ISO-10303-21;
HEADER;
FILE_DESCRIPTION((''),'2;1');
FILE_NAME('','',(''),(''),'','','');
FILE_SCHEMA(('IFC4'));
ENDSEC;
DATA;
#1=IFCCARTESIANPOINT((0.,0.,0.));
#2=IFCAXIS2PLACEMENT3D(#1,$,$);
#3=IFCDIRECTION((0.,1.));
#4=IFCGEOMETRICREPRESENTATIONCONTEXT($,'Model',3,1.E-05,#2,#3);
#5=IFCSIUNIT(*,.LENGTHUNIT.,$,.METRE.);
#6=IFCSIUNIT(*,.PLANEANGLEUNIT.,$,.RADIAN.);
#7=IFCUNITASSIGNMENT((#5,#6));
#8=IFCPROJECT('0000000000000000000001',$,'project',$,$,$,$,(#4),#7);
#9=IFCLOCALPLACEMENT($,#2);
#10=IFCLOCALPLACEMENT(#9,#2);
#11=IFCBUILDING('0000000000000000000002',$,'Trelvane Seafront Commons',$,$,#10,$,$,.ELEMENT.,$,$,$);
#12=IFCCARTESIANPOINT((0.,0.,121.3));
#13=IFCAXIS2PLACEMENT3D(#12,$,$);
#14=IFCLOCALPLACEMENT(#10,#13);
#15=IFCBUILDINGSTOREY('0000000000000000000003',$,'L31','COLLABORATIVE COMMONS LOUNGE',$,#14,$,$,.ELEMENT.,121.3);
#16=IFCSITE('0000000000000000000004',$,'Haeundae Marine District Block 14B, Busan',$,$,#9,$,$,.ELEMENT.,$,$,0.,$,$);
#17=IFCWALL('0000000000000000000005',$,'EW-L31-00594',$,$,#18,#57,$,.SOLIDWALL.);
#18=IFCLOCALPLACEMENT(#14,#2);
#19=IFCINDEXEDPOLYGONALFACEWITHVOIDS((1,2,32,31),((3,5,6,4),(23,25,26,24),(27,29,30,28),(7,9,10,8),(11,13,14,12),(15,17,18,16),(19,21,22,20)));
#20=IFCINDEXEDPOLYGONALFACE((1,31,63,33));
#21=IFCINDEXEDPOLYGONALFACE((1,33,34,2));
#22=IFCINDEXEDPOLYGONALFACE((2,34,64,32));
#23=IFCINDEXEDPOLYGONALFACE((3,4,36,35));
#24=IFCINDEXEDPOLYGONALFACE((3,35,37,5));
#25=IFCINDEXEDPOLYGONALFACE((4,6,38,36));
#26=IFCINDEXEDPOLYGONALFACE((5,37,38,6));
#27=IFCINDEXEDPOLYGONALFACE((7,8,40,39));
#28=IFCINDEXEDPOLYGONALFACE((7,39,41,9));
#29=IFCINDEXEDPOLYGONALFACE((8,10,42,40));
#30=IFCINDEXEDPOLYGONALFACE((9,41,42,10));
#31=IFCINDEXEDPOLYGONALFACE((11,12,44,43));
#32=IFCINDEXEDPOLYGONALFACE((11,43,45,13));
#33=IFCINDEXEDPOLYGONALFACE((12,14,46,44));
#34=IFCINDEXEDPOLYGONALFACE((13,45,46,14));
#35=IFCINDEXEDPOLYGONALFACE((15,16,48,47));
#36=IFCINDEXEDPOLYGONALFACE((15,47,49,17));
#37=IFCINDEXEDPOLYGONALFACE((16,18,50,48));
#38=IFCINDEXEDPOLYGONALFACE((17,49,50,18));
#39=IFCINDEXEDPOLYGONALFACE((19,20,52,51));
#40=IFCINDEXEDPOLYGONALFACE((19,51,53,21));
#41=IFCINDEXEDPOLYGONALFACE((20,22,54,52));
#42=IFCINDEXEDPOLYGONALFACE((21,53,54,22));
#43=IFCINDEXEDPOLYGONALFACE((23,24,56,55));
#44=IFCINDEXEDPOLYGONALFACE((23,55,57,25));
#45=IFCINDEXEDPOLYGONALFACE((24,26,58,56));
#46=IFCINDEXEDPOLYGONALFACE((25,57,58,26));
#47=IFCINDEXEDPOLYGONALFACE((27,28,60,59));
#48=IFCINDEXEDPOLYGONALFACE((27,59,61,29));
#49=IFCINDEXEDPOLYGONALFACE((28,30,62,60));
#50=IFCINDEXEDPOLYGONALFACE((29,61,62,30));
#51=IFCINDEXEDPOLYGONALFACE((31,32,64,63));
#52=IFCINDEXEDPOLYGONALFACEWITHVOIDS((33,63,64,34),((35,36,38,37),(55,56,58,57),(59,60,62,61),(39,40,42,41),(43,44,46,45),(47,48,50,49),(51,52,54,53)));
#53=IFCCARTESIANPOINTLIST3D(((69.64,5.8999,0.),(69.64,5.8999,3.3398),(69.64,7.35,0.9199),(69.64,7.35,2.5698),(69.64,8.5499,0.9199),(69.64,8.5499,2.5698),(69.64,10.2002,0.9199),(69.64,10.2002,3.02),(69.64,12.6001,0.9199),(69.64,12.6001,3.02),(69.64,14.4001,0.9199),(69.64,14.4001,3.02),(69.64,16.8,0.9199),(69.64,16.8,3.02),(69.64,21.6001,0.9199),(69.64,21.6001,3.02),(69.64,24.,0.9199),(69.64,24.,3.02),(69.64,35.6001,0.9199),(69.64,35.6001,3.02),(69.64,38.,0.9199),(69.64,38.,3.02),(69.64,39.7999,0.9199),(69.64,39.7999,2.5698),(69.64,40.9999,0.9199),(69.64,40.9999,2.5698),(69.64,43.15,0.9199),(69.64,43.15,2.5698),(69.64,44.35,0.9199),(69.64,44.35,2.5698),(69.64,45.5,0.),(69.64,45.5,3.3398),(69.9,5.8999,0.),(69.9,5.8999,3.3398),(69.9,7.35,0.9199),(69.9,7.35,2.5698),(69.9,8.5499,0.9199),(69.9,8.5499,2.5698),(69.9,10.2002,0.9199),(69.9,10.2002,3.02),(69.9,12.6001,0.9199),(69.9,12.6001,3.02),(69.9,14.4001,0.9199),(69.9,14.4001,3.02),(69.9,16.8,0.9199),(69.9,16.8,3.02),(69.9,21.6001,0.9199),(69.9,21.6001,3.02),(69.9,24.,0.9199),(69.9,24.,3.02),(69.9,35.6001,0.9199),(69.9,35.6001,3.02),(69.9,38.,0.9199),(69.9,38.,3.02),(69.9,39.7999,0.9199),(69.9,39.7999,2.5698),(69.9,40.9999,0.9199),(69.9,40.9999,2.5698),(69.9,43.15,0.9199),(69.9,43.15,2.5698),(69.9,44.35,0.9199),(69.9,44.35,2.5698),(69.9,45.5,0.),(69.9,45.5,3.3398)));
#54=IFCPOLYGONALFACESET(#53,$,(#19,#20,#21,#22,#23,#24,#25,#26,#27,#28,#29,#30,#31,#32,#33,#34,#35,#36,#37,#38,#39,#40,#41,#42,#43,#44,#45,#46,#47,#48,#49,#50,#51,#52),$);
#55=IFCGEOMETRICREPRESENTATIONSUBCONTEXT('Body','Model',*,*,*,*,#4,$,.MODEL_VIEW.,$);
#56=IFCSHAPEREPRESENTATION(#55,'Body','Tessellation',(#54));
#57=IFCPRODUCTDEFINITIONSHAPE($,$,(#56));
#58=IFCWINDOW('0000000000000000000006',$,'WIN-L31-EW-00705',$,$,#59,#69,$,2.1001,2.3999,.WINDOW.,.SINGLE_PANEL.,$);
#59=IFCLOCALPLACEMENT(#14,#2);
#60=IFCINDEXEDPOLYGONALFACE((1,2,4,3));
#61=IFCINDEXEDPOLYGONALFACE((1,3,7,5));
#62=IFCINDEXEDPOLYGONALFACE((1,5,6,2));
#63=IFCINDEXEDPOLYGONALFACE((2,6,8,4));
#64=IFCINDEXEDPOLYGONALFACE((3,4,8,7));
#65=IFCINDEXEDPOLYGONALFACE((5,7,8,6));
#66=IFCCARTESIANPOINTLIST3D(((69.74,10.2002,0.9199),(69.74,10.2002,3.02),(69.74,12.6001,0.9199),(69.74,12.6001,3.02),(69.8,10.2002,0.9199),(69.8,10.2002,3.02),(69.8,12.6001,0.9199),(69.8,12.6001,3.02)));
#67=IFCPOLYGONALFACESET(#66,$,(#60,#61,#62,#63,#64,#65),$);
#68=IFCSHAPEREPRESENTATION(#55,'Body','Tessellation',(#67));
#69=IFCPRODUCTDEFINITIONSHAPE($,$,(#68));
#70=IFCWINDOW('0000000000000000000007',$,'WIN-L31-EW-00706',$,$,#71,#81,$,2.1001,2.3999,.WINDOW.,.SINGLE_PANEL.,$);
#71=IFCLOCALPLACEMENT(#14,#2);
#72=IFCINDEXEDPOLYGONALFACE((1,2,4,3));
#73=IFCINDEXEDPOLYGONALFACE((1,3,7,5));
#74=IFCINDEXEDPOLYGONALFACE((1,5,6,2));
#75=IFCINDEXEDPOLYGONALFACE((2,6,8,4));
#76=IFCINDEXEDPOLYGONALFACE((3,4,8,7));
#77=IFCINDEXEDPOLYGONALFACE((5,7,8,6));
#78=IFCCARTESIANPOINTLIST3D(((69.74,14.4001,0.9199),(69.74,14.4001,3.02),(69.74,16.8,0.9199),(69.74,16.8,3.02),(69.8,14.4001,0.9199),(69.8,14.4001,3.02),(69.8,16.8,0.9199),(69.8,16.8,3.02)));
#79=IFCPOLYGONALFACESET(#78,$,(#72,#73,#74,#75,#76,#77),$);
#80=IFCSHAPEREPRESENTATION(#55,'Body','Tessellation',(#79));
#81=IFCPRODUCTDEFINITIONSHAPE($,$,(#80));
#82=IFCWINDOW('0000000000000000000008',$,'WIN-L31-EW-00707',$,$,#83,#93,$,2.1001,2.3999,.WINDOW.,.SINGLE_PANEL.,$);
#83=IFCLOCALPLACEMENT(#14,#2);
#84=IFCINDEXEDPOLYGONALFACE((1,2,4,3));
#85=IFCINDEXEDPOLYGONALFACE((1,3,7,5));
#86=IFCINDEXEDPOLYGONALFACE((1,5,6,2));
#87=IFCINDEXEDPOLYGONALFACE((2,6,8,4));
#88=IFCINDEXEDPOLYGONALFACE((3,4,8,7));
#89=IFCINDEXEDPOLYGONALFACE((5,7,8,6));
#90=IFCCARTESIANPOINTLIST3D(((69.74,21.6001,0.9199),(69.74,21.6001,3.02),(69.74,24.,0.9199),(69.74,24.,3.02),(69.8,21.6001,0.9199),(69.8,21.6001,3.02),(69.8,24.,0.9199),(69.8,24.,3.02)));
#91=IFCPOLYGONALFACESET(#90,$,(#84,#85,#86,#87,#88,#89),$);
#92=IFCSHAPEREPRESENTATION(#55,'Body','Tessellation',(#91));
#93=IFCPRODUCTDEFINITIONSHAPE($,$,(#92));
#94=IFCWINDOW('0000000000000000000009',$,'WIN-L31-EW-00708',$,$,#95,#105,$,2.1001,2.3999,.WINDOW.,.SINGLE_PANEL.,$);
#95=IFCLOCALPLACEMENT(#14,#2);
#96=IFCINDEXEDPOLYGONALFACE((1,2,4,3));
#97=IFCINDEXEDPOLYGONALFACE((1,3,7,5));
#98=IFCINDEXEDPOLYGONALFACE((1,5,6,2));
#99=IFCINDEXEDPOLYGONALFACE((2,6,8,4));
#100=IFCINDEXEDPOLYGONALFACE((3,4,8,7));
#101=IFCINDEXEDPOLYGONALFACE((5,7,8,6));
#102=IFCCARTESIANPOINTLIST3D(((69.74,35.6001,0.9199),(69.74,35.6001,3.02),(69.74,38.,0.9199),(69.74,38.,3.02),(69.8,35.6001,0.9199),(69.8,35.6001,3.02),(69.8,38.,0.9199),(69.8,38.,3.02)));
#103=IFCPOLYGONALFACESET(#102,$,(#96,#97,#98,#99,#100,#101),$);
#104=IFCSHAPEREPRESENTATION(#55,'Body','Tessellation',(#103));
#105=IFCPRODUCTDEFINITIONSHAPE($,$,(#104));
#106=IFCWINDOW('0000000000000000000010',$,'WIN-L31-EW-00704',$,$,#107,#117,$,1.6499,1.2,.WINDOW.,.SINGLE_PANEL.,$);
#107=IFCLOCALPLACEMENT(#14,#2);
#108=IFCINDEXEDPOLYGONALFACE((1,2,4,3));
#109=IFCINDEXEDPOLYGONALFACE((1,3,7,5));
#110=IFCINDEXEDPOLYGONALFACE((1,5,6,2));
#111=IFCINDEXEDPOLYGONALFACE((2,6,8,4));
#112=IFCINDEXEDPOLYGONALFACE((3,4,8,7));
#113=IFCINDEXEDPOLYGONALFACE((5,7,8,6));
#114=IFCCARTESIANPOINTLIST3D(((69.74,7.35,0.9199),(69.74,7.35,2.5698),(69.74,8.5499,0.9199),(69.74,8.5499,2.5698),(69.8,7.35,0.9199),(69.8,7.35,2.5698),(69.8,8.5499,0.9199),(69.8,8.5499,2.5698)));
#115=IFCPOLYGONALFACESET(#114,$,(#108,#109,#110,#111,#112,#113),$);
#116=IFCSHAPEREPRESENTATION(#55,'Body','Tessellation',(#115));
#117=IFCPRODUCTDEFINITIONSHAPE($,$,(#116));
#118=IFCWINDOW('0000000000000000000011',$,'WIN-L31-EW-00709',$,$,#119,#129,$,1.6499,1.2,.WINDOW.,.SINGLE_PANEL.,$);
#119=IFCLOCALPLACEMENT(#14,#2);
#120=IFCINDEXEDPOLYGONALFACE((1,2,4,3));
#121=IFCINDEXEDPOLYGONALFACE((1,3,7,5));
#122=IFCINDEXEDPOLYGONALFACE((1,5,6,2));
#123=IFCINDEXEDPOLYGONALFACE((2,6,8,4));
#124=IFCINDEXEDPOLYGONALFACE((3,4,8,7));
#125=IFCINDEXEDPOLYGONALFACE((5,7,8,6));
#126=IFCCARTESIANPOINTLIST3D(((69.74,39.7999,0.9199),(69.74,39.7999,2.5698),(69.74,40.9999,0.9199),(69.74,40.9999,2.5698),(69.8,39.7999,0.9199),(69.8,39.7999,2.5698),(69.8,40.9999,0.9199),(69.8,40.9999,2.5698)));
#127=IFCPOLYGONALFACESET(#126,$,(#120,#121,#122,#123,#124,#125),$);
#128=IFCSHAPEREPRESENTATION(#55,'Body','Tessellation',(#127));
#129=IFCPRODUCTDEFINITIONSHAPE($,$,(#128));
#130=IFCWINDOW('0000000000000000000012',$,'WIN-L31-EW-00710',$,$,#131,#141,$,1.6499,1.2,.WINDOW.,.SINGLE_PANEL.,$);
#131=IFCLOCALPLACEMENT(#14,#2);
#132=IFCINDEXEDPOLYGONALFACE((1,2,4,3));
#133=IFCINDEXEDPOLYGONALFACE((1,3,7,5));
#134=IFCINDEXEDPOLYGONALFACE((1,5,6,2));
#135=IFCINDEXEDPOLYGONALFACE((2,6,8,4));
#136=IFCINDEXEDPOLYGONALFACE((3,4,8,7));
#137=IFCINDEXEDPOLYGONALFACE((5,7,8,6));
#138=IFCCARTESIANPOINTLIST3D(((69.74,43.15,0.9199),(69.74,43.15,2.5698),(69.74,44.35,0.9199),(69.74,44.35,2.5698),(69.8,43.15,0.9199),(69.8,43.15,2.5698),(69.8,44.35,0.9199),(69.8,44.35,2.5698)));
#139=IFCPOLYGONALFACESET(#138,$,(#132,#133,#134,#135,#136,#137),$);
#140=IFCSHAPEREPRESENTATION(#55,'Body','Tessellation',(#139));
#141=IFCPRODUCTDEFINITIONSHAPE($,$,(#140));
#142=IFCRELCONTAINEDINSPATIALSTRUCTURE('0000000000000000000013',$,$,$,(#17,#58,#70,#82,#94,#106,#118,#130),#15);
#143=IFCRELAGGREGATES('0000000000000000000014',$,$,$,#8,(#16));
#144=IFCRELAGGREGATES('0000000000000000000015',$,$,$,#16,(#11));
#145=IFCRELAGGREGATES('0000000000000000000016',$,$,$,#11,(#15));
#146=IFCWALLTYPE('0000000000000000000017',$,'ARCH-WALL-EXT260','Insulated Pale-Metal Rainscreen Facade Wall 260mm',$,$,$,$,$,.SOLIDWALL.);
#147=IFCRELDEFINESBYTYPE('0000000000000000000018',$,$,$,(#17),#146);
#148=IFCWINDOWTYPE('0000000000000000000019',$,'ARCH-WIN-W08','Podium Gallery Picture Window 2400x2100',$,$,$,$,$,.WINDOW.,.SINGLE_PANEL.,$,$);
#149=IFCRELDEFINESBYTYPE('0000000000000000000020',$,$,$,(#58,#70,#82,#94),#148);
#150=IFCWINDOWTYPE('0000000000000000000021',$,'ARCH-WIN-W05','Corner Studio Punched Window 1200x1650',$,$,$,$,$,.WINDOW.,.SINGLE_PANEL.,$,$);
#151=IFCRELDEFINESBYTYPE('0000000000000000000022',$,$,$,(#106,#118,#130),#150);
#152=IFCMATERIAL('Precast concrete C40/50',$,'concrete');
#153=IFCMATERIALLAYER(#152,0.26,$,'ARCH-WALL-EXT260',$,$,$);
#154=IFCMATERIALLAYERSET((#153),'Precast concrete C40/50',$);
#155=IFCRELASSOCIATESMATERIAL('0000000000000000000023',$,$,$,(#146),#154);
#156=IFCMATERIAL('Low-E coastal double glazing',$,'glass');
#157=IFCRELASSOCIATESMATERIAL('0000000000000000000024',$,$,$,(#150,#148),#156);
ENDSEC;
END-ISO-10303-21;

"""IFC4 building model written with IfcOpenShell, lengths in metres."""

from ifc_helpers import new_model, si_unit, direction, frame, frame_2d, origin, place, context, subcontext, project, spatial, rectangle, extrude, source, transform, mapped, material, layer, layer_set, type_object, element, fill, save


model = new_model("IFC4")

# Units and contexts
model_context = context("Model", 3, precision=1e-05, world=origin(), true_north=direction((0.0, 1.0)))
body_context = subcontext(model_context, "Body", "Model", "MODEL_VIEW")
ifc_project = project(units=[si_unit("LENGTHUNIT", "METRE"), si_unit("PLANEANGLEUNIT", "RADIAN")], contexts=[model_context])

# Site, building, storey
site_placement = place(None, origin())
site = spatial("IfcSite", under=ifc_project, at=site_placement, Name="Haeundae Marine District Block 14B, Busan", CompositionType="ELEMENT", RefElevation=0.0)
building_placement = place(site_placement, origin())
building = spatial("IfcBuilding", under=site, at=building_placement, Name="Trelvane Seafront Commons", CompositionType="ELEMENT")
storey_placement = place(building_placement, frame((0.0, 0.0, 121.3)))
storey = spatial("IfcBuildingStorey", under=building, at=storey_placement, Name="L31", Description="COLLABORATIVE COMMONS LOUNGE", CompositionType="ELEMENT", Elevation=121.3)

# Shared definitions
ifc_material_1 = material(Name="Precast concrete C40/50", Category="concrete")
ifc_layer_1 = layer(ifc_material_1, 0.26, Name="ARCH-WALL-EXT260")
ifc_layer_set_1 = layer_set([ifc_layer_1], Name="Precast concrete C40/50")
wall_type_1 = type_object("IfcWallType", Name="ARCH-WALL-EXT260", Description="Insulated Pale-Metal Rainscreen Facade Wall 260mm", PredefinedType="SOLIDWALL", material=ifc_layer_set_1)
ifc_material_2 = material(Name="Low-E coastal double glazing", Category="glass")
window_type_1 = type_object("IfcWindowType", Name="ARCH-WIN-W05", Description="Corner Studio Punched Window 1200x1650", PartitioningType="SINGLE_PANEL", PredefinedType="WINDOW", material=ifc_material_2)
shared_shape_1 = source(origin(), body_context, "Body", "SweptSolid", [
    extrude(rectangle(XDim=1.2, YDim=1.6499, at=frame_2d((0.6001, 0.825))), frame((0.0, 0.03, 0.0), z_axis=(0.0, -1.0, 0.0), x_axis=(1.0, 0.0, 0.0)), (0.0, 0.0, 1.0), 0.0601),
])

# Wall, openings, windows
wall_1_placement = place(storey_placement, frame((69.77, 45.5, 0.0), z_axis=(0.0, 0.0, 1.0), x_axis=(0.0, -1.0, 0.0)))
wall_1 = element("IfcWall", 1, at=wall_1_placement, inside=storey, type_object=wall_type_1, Name="EW-L31-00594", PredefinedType="SOLIDWALL", context=body_context, shape_type="SweptSolid", body=[
    extrude(rectangle(XDim=39.6001, YDim=0.26, at=frame_2d((19.8, 0.0))), origin(), (0.0, 0.0, 1.0), 3.3398),
])
opening_1_placement = place(wall_1_placement, frame((36.95, 0.0, 0.9199)))
opening_1 = element("IfcOpeningElement", 2, at=opening_1_placement, cuts=wall_1, PredefinedType="OPENING", context=body_context, shape_type="SweptSolid", body=[
    extrude(rectangle(XDim=1.2, YDim=1.6499, at=frame_2d((0.6001, 0.825))), frame((0.0, 0.1399, 0.0), z_axis=(0.0, -1.0, 0.0), x_axis=(1.0, 0.0, 0.0)), (0.0, 0.0, 1.0), 0.28),
])
opening_2_placement = place(wall_1_placement, frame((32.8999, 0.0, 0.9199)))
opening_2 = element("IfcOpeningElement", 3, at=opening_2_placement, cuts=wall_1, PredefinedType="OPENING", context=body_context, shape_type="SweptSolid", body=[
    extrude(rectangle(XDim=2.3999, YDim=2.1001, at=frame_2d((1.2, 1.05))), frame((0.0, 0.1399, 0.0), z_axis=(0.0, -1.0, 0.0), x_axis=(1.0, 0.0, 0.0)), (0.0, 0.0, 1.0), 0.28),
])
opening_3_placement = place(wall_1_placement, frame((28.7, 0.0, 0.9199)))
opening_3 = element("IfcOpeningElement", 4, at=opening_3_placement, cuts=wall_1, PredefinedType="OPENING", context=body_context, shape_type="SweptSolid", body=[
    extrude(rectangle(XDim=2.3999, YDim=2.1001, at=frame_2d((1.2, 1.05))), frame((0.0, 0.1399, 0.0), z_axis=(0.0, -1.0, 0.0), x_axis=(1.0, 0.0, 0.0)), (0.0, 0.0, 1.0), 0.28),
])
opening_4_placement = place(wall_1_placement, frame((21.5, 0.0, 0.9199)))
opening_4 = element("IfcOpeningElement", 5, at=opening_4_placement, cuts=wall_1, PredefinedType="OPENING", context=body_context, shape_type="SweptSolid", body=[
    extrude(rectangle(XDim=2.3999, YDim=2.1001, at=frame_2d((1.2, 1.05))), frame((0.0, 0.1399, 0.0), z_axis=(0.0, -1.0, 0.0), x_axis=(1.0, 0.0, 0.0)), (0.0, 0.0, 1.0), 0.28),
])
opening_5_placement = place(wall_1_placement, frame((7.5, 0.0, 0.9199)))
opening_5 = element("IfcOpeningElement", 6, at=opening_5_placement, cuts=wall_1, PredefinedType="OPENING", context=body_context, shape_type="SweptSolid", body=[
    extrude(rectangle(XDim=2.3999, YDim=2.1001, at=frame_2d((1.2, 1.05))), frame((0.0, 0.1399, 0.0), z_axis=(0.0, -1.0, 0.0), x_axis=(1.0, 0.0, 0.0)), (0.0, 0.0, 1.0), 0.28),
])
opening_6_placement = place(wall_1_placement, frame((4.5, 0.0, 0.9199)))
opening_6 = element("IfcOpeningElement", 7, at=opening_6_placement, cuts=wall_1, PredefinedType="OPENING", context=body_context, shape_type="SweptSolid", body=[
    extrude(rectangle(XDim=1.2, YDim=1.6499, at=frame_2d((0.6001, 0.825))), frame((0.0, 0.1399, 0.0), z_axis=(0.0, -1.0, 0.0), x_axis=(1.0, 0.0, 0.0)), (0.0, 0.0, 1.0), 0.28),
])
opening_7_placement = place(wall_1_placement, frame((1.1499, 0.0, 0.9199)))
opening_7 = element("IfcOpeningElement", 8, at=opening_7_placement, cuts=wall_1, PredefinedType="OPENING", context=body_context, shape_type="SweptSolid", body=[
    extrude(rectangle(XDim=1.2, YDim=1.6499, at=frame_2d((0.6001, 0.825))), frame((0.0, 0.1399, 0.0), z_axis=(0.0, -1.0, 0.0), x_axis=(1.0, 0.0, 0.0)), (0.0, 0.0, 1.0), 0.28),
])
window_type_2 = type_object("IfcWindowType", Name="ARCH-WIN-W08", Description="Podium Gallery Picture Window 2400x2100", PartitioningType="SINGLE_PANEL", PredefinedType="WINDOW", material=ifc_material_2)
shared_shape_2 = source(origin(), body_context, "Body", "SweptSolid", [
    extrude(rectangle(XDim=2.3999, YDim=2.1001, at=frame_2d((1.2, 1.05))), frame((0.0, 0.03, 0.0), z_axis=(0.0, -1.0, 0.0), x_axis=(1.0, 0.0, 0.0)), (0.0, 0.0, 1.0), 0.0601),
])
window_1_placement = place(opening_2_placement, origin())
window_1 = element("IfcWindow", 9, at=window_1_placement, inside=storey, type_object=window_type_2, Name="WIN-L31-EW-00705", OverallHeight=2.1001, OverallWidth=2.3999, PartitioningType="SINGLE_PANEL", PredefinedType="WINDOW", context=body_context, shape_type="MappedRepresentation", body=[
    mapped(shared_shape_2, transform((0.0, 0.0, 0.0), x_axis=(1.0, 0.0, 0.0), y_axis=(0.0, 1.0, 0.0), z_axis=(0.0, 0.0, 1.0), scale=1.0)),
])
fill(opening_2, window_1)
window_2_placement = place(opening_3_placement, origin())
window_2 = element("IfcWindow", 10, at=window_2_placement, inside=storey, type_object=window_type_2, Name="WIN-L31-EW-00706", OverallHeight=2.1001, OverallWidth=2.3999, PartitioningType="SINGLE_PANEL", PredefinedType="WINDOW", context=body_context, shape_type="MappedRepresentation", body=[
    mapped(shared_shape_2, transform((0.0, 0.0, 0.0), x_axis=(1.0, 0.0, 0.0), y_axis=(0.0, 1.0, 0.0), z_axis=(0.0, 0.0, 1.0), scale=1.0)),
])
fill(opening_3, window_2)
window_3_placement = place(opening_4_placement, origin())
window_3 = element("IfcWindow", 11, at=window_3_placement, inside=storey, type_object=window_type_2, Name="WIN-L31-EW-00707", OverallHeight=2.1001, OverallWidth=2.3999, PartitioningType="SINGLE_PANEL", PredefinedType="WINDOW", context=body_context, shape_type="MappedRepresentation", body=[
    mapped(shared_shape_2, transform((0.0, 0.0, 0.0), x_axis=(1.0, 0.0, 0.0), y_axis=(0.0, 1.0, 0.0), z_axis=(0.0, 0.0, 1.0), scale=1.0)),
])
fill(opening_4, window_3)
window_4_placement = place(opening_5_placement, origin())
window_4 = element("IfcWindow", 12, at=window_4_placement, inside=storey, type_object=window_type_2, Name="WIN-L31-EW-00708", OverallHeight=2.1001, OverallWidth=2.3999, PartitioningType="SINGLE_PANEL", PredefinedType="WINDOW", context=body_context, shape_type="MappedRepresentation", body=[
    mapped(shared_shape_2, transform((0.0, 0.0, 0.0), x_axis=(1.0, 0.0, 0.0), y_axis=(0.0, 1.0, 0.0), z_axis=(0.0, 0.0, 1.0), scale=1.0)),
])
fill(opening_5, window_4)
window_5_placement = place(opening_1_placement, origin())
window_5 = element("IfcWindow", 13, at=window_5_placement, inside=storey, type_object=window_type_1, Name="WIN-L31-EW-00704", OverallHeight=1.6499, OverallWidth=1.2, PartitioningType="SINGLE_PANEL", PredefinedType="WINDOW", context=body_context, shape_type="MappedRepresentation", body=[
    mapped(shared_shape_1, transform((0.0, 0.0, 0.0), x_axis=(1.0, 0.0, 0.0), y_axis=(0.0, 1.0, 0.0), z_axis=(0.0, 0.0, 1.0), scale=1.0)),
])
fill(opening_1, window_5)
window_6_placement = place(opening_6_placement, origin())
window_6 = element("IfcWindow", 14, at=window_6_placement, inside=storey, type_object=window_type_1, Name="WIN-L31-EW-00709", OverallHeight=1.6499, OverallWidth=1.2, PartitioningType="SINGLE_PANEL", PredefinedType="WINDOW", context=body_context, shape_type="MappedRepresentation", body=[
    mapped(shared_shape_1, transform((0.0, 0.0, 0.0), x_axis=(1.0, 0.0, 0.0), y_axis=(0.0, 1.0, 0.0), z_axis=(0.0, 0.0, 1.0), scale=1.0)),
])
fill(opening_6, window_6)
window_7_placement = place(opening_7_placement, origin())
window_7 = element("IfcWindow", 15, at=window_7_placement, inside=storey, type_object=window_type_1, Name="WIN-L31-EW-00710", OverallHeight=1.6499, OverallWidth=1.2, PartitioningType="SINGLE_PANEL", PredefinedType="WINDOW", context=body_context, shape_type="MappedRepresentation", body=[
    mapped(shared_shape_1, transform((0.0, 0.0, 0.0), x_axis=(1.0, 0.0, 0.0), y_axis=(0.0, 1.0, 0.0), z_axis=(0.0, 0.0, 1.0), scale=1.0)),
])
fill(opening_7, window_7)

save(model, "model.ifc")
